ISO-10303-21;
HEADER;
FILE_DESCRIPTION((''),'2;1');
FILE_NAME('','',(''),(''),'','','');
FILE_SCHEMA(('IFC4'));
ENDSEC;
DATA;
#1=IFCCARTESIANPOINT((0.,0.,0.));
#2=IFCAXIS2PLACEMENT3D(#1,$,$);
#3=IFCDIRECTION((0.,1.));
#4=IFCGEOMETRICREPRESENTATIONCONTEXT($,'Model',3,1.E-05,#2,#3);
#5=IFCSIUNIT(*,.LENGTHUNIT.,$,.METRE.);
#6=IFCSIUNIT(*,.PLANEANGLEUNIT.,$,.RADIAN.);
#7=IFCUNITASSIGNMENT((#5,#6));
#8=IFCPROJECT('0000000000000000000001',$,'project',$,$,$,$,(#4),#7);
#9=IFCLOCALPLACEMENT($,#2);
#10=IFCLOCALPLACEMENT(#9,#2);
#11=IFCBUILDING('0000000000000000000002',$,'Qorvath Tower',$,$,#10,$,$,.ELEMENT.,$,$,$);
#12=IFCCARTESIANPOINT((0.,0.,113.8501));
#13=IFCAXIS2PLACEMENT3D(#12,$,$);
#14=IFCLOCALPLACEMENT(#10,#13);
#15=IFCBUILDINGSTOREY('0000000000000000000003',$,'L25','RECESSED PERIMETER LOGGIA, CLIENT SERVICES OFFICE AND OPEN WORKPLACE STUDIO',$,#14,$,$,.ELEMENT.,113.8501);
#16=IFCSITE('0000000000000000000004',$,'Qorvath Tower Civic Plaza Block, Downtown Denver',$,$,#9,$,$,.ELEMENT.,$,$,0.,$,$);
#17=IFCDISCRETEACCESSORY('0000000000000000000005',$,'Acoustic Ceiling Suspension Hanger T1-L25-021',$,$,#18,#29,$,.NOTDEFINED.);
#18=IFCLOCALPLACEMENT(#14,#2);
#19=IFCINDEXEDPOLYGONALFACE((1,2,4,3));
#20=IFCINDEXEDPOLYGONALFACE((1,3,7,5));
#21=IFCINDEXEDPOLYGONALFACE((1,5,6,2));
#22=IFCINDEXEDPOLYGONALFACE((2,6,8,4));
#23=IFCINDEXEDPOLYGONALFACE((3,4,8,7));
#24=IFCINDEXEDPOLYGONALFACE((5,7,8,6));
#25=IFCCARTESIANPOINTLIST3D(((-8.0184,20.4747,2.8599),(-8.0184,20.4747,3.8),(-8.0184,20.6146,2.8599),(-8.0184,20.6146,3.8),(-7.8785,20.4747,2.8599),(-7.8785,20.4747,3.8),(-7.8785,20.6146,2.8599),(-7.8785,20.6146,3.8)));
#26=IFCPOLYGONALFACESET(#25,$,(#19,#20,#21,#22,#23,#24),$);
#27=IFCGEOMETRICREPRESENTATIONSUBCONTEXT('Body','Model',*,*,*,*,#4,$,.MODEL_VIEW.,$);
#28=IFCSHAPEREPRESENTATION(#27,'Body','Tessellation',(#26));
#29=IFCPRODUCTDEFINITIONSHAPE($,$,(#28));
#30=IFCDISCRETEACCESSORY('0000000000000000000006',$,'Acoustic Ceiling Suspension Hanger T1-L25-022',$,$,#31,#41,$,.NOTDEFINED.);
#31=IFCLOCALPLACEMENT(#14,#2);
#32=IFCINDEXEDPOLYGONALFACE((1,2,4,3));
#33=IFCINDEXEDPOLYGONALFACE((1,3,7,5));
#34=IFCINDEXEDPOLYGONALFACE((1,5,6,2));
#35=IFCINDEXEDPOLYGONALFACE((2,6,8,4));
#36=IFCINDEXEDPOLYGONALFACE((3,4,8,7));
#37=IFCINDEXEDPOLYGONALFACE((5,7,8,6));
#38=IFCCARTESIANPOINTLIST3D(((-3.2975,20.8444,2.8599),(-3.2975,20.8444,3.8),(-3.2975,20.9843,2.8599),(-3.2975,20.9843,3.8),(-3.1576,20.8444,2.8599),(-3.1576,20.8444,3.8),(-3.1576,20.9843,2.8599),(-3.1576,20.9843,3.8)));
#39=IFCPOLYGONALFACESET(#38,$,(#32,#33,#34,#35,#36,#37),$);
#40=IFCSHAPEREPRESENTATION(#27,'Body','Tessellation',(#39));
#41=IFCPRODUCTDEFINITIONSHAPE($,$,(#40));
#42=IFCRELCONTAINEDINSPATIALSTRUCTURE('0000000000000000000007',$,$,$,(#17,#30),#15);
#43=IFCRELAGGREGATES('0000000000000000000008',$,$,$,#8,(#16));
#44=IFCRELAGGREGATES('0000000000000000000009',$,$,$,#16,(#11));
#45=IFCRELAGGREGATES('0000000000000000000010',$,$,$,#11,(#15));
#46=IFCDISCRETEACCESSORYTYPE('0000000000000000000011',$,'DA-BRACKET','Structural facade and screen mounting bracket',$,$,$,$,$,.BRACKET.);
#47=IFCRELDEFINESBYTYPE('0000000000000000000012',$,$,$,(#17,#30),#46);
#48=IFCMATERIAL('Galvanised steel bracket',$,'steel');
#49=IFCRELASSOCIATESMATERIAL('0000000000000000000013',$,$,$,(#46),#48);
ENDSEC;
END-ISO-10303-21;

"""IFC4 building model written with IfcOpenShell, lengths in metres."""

from ifc_helpers import new_model, si_unit, direction, frame, origin, origin_2d, place, context, subcontext, project, spatial, rectangle, extrude, material, type_object, element, save


model = new_model("IFC4")

# Units and contexts
model_context = context("Model", 3, precision=1e-05, world=origin(), true_north=direction((0.0, 1.0)))
body_context = subcontext(model_context, "Body", "Model", "MODEL_VIEW")
ifc_project = project(units=[si_unit("LENGTHUNIT", "METRE"), si_unit("PLANEANGLEUNIT", "RADIAN")], contexts=[model_context])

# Site, building, storey
site_placement = place(None, origin())
site = spatial("IfcSite", under=ifc_project, at=site_placement, Name="Qorvath Tower Civic Plaza Block, Downtown Denver", CompositionType="ELEMENT", RefElevation=0.0)
building_placement = place(site_placement, origin())
building = spatial("IfcBuilding", under=site, at=building_placement, Name="Qorvath Tower", CompositionType="ELEMENT")
storey_placement = place(building_placement, frame((0.0, 0.0, 113.8501)))
storey = spatial("IfcBuildingStorey", under=building, at=storey_placement, Name="L25", Description="RECESSED PERIMETER LOGGIA, CLIENT SERVICES OFFICE AND OPEN WORKPLACE STUDIO", CompositionType="ELEMENT", Elevation=113.8501)

# Discrete accessories
ifc_material_1 = material(Name="Galvanised steel bracket", Category="steel")
discrete_accessory_type = type_object("IfcDiscreteAccessoryType", Name="DA-BRACKET", Description="Structural facade and screen mounting bracket", PredefinedType="BRACKET", material=ifc_material_1)
for number, where, z_axis, x_axis, name in (
    (1, (-7.9485, 20.5447, 2.8599), (0.0, 0.0, 1.0), (1.0, 0.0, 0.0), "Acoustic Ceiling Suspension Hanger T1-L25-021"),
    (2, (-3.2275, 20.9143, 2.8599), (0.0, 0.0, 1.0), (1.0, 0.0, 0.0), "Acoustic Ceiling Suspension Hanger T1-L25-022"),
):
    element("IfcDiscreteAccessory", number, at=place(storey_placement, frame(where, z_axis=z_axis, x_axis=x_axis)), inside=storey, type_object=discrete_accessory_type, Name=name, PredefinedType="NOTDEFINED", context=body_context, shape_type="SweptSolid", body=[
        extrude(rectangle(XDim=0.1399, YDim=0.1399, at=origin_2d()), origin(), (0.0, 0.0, 1.0), 0.9402),
    ])

save(model, "model.ifc")
